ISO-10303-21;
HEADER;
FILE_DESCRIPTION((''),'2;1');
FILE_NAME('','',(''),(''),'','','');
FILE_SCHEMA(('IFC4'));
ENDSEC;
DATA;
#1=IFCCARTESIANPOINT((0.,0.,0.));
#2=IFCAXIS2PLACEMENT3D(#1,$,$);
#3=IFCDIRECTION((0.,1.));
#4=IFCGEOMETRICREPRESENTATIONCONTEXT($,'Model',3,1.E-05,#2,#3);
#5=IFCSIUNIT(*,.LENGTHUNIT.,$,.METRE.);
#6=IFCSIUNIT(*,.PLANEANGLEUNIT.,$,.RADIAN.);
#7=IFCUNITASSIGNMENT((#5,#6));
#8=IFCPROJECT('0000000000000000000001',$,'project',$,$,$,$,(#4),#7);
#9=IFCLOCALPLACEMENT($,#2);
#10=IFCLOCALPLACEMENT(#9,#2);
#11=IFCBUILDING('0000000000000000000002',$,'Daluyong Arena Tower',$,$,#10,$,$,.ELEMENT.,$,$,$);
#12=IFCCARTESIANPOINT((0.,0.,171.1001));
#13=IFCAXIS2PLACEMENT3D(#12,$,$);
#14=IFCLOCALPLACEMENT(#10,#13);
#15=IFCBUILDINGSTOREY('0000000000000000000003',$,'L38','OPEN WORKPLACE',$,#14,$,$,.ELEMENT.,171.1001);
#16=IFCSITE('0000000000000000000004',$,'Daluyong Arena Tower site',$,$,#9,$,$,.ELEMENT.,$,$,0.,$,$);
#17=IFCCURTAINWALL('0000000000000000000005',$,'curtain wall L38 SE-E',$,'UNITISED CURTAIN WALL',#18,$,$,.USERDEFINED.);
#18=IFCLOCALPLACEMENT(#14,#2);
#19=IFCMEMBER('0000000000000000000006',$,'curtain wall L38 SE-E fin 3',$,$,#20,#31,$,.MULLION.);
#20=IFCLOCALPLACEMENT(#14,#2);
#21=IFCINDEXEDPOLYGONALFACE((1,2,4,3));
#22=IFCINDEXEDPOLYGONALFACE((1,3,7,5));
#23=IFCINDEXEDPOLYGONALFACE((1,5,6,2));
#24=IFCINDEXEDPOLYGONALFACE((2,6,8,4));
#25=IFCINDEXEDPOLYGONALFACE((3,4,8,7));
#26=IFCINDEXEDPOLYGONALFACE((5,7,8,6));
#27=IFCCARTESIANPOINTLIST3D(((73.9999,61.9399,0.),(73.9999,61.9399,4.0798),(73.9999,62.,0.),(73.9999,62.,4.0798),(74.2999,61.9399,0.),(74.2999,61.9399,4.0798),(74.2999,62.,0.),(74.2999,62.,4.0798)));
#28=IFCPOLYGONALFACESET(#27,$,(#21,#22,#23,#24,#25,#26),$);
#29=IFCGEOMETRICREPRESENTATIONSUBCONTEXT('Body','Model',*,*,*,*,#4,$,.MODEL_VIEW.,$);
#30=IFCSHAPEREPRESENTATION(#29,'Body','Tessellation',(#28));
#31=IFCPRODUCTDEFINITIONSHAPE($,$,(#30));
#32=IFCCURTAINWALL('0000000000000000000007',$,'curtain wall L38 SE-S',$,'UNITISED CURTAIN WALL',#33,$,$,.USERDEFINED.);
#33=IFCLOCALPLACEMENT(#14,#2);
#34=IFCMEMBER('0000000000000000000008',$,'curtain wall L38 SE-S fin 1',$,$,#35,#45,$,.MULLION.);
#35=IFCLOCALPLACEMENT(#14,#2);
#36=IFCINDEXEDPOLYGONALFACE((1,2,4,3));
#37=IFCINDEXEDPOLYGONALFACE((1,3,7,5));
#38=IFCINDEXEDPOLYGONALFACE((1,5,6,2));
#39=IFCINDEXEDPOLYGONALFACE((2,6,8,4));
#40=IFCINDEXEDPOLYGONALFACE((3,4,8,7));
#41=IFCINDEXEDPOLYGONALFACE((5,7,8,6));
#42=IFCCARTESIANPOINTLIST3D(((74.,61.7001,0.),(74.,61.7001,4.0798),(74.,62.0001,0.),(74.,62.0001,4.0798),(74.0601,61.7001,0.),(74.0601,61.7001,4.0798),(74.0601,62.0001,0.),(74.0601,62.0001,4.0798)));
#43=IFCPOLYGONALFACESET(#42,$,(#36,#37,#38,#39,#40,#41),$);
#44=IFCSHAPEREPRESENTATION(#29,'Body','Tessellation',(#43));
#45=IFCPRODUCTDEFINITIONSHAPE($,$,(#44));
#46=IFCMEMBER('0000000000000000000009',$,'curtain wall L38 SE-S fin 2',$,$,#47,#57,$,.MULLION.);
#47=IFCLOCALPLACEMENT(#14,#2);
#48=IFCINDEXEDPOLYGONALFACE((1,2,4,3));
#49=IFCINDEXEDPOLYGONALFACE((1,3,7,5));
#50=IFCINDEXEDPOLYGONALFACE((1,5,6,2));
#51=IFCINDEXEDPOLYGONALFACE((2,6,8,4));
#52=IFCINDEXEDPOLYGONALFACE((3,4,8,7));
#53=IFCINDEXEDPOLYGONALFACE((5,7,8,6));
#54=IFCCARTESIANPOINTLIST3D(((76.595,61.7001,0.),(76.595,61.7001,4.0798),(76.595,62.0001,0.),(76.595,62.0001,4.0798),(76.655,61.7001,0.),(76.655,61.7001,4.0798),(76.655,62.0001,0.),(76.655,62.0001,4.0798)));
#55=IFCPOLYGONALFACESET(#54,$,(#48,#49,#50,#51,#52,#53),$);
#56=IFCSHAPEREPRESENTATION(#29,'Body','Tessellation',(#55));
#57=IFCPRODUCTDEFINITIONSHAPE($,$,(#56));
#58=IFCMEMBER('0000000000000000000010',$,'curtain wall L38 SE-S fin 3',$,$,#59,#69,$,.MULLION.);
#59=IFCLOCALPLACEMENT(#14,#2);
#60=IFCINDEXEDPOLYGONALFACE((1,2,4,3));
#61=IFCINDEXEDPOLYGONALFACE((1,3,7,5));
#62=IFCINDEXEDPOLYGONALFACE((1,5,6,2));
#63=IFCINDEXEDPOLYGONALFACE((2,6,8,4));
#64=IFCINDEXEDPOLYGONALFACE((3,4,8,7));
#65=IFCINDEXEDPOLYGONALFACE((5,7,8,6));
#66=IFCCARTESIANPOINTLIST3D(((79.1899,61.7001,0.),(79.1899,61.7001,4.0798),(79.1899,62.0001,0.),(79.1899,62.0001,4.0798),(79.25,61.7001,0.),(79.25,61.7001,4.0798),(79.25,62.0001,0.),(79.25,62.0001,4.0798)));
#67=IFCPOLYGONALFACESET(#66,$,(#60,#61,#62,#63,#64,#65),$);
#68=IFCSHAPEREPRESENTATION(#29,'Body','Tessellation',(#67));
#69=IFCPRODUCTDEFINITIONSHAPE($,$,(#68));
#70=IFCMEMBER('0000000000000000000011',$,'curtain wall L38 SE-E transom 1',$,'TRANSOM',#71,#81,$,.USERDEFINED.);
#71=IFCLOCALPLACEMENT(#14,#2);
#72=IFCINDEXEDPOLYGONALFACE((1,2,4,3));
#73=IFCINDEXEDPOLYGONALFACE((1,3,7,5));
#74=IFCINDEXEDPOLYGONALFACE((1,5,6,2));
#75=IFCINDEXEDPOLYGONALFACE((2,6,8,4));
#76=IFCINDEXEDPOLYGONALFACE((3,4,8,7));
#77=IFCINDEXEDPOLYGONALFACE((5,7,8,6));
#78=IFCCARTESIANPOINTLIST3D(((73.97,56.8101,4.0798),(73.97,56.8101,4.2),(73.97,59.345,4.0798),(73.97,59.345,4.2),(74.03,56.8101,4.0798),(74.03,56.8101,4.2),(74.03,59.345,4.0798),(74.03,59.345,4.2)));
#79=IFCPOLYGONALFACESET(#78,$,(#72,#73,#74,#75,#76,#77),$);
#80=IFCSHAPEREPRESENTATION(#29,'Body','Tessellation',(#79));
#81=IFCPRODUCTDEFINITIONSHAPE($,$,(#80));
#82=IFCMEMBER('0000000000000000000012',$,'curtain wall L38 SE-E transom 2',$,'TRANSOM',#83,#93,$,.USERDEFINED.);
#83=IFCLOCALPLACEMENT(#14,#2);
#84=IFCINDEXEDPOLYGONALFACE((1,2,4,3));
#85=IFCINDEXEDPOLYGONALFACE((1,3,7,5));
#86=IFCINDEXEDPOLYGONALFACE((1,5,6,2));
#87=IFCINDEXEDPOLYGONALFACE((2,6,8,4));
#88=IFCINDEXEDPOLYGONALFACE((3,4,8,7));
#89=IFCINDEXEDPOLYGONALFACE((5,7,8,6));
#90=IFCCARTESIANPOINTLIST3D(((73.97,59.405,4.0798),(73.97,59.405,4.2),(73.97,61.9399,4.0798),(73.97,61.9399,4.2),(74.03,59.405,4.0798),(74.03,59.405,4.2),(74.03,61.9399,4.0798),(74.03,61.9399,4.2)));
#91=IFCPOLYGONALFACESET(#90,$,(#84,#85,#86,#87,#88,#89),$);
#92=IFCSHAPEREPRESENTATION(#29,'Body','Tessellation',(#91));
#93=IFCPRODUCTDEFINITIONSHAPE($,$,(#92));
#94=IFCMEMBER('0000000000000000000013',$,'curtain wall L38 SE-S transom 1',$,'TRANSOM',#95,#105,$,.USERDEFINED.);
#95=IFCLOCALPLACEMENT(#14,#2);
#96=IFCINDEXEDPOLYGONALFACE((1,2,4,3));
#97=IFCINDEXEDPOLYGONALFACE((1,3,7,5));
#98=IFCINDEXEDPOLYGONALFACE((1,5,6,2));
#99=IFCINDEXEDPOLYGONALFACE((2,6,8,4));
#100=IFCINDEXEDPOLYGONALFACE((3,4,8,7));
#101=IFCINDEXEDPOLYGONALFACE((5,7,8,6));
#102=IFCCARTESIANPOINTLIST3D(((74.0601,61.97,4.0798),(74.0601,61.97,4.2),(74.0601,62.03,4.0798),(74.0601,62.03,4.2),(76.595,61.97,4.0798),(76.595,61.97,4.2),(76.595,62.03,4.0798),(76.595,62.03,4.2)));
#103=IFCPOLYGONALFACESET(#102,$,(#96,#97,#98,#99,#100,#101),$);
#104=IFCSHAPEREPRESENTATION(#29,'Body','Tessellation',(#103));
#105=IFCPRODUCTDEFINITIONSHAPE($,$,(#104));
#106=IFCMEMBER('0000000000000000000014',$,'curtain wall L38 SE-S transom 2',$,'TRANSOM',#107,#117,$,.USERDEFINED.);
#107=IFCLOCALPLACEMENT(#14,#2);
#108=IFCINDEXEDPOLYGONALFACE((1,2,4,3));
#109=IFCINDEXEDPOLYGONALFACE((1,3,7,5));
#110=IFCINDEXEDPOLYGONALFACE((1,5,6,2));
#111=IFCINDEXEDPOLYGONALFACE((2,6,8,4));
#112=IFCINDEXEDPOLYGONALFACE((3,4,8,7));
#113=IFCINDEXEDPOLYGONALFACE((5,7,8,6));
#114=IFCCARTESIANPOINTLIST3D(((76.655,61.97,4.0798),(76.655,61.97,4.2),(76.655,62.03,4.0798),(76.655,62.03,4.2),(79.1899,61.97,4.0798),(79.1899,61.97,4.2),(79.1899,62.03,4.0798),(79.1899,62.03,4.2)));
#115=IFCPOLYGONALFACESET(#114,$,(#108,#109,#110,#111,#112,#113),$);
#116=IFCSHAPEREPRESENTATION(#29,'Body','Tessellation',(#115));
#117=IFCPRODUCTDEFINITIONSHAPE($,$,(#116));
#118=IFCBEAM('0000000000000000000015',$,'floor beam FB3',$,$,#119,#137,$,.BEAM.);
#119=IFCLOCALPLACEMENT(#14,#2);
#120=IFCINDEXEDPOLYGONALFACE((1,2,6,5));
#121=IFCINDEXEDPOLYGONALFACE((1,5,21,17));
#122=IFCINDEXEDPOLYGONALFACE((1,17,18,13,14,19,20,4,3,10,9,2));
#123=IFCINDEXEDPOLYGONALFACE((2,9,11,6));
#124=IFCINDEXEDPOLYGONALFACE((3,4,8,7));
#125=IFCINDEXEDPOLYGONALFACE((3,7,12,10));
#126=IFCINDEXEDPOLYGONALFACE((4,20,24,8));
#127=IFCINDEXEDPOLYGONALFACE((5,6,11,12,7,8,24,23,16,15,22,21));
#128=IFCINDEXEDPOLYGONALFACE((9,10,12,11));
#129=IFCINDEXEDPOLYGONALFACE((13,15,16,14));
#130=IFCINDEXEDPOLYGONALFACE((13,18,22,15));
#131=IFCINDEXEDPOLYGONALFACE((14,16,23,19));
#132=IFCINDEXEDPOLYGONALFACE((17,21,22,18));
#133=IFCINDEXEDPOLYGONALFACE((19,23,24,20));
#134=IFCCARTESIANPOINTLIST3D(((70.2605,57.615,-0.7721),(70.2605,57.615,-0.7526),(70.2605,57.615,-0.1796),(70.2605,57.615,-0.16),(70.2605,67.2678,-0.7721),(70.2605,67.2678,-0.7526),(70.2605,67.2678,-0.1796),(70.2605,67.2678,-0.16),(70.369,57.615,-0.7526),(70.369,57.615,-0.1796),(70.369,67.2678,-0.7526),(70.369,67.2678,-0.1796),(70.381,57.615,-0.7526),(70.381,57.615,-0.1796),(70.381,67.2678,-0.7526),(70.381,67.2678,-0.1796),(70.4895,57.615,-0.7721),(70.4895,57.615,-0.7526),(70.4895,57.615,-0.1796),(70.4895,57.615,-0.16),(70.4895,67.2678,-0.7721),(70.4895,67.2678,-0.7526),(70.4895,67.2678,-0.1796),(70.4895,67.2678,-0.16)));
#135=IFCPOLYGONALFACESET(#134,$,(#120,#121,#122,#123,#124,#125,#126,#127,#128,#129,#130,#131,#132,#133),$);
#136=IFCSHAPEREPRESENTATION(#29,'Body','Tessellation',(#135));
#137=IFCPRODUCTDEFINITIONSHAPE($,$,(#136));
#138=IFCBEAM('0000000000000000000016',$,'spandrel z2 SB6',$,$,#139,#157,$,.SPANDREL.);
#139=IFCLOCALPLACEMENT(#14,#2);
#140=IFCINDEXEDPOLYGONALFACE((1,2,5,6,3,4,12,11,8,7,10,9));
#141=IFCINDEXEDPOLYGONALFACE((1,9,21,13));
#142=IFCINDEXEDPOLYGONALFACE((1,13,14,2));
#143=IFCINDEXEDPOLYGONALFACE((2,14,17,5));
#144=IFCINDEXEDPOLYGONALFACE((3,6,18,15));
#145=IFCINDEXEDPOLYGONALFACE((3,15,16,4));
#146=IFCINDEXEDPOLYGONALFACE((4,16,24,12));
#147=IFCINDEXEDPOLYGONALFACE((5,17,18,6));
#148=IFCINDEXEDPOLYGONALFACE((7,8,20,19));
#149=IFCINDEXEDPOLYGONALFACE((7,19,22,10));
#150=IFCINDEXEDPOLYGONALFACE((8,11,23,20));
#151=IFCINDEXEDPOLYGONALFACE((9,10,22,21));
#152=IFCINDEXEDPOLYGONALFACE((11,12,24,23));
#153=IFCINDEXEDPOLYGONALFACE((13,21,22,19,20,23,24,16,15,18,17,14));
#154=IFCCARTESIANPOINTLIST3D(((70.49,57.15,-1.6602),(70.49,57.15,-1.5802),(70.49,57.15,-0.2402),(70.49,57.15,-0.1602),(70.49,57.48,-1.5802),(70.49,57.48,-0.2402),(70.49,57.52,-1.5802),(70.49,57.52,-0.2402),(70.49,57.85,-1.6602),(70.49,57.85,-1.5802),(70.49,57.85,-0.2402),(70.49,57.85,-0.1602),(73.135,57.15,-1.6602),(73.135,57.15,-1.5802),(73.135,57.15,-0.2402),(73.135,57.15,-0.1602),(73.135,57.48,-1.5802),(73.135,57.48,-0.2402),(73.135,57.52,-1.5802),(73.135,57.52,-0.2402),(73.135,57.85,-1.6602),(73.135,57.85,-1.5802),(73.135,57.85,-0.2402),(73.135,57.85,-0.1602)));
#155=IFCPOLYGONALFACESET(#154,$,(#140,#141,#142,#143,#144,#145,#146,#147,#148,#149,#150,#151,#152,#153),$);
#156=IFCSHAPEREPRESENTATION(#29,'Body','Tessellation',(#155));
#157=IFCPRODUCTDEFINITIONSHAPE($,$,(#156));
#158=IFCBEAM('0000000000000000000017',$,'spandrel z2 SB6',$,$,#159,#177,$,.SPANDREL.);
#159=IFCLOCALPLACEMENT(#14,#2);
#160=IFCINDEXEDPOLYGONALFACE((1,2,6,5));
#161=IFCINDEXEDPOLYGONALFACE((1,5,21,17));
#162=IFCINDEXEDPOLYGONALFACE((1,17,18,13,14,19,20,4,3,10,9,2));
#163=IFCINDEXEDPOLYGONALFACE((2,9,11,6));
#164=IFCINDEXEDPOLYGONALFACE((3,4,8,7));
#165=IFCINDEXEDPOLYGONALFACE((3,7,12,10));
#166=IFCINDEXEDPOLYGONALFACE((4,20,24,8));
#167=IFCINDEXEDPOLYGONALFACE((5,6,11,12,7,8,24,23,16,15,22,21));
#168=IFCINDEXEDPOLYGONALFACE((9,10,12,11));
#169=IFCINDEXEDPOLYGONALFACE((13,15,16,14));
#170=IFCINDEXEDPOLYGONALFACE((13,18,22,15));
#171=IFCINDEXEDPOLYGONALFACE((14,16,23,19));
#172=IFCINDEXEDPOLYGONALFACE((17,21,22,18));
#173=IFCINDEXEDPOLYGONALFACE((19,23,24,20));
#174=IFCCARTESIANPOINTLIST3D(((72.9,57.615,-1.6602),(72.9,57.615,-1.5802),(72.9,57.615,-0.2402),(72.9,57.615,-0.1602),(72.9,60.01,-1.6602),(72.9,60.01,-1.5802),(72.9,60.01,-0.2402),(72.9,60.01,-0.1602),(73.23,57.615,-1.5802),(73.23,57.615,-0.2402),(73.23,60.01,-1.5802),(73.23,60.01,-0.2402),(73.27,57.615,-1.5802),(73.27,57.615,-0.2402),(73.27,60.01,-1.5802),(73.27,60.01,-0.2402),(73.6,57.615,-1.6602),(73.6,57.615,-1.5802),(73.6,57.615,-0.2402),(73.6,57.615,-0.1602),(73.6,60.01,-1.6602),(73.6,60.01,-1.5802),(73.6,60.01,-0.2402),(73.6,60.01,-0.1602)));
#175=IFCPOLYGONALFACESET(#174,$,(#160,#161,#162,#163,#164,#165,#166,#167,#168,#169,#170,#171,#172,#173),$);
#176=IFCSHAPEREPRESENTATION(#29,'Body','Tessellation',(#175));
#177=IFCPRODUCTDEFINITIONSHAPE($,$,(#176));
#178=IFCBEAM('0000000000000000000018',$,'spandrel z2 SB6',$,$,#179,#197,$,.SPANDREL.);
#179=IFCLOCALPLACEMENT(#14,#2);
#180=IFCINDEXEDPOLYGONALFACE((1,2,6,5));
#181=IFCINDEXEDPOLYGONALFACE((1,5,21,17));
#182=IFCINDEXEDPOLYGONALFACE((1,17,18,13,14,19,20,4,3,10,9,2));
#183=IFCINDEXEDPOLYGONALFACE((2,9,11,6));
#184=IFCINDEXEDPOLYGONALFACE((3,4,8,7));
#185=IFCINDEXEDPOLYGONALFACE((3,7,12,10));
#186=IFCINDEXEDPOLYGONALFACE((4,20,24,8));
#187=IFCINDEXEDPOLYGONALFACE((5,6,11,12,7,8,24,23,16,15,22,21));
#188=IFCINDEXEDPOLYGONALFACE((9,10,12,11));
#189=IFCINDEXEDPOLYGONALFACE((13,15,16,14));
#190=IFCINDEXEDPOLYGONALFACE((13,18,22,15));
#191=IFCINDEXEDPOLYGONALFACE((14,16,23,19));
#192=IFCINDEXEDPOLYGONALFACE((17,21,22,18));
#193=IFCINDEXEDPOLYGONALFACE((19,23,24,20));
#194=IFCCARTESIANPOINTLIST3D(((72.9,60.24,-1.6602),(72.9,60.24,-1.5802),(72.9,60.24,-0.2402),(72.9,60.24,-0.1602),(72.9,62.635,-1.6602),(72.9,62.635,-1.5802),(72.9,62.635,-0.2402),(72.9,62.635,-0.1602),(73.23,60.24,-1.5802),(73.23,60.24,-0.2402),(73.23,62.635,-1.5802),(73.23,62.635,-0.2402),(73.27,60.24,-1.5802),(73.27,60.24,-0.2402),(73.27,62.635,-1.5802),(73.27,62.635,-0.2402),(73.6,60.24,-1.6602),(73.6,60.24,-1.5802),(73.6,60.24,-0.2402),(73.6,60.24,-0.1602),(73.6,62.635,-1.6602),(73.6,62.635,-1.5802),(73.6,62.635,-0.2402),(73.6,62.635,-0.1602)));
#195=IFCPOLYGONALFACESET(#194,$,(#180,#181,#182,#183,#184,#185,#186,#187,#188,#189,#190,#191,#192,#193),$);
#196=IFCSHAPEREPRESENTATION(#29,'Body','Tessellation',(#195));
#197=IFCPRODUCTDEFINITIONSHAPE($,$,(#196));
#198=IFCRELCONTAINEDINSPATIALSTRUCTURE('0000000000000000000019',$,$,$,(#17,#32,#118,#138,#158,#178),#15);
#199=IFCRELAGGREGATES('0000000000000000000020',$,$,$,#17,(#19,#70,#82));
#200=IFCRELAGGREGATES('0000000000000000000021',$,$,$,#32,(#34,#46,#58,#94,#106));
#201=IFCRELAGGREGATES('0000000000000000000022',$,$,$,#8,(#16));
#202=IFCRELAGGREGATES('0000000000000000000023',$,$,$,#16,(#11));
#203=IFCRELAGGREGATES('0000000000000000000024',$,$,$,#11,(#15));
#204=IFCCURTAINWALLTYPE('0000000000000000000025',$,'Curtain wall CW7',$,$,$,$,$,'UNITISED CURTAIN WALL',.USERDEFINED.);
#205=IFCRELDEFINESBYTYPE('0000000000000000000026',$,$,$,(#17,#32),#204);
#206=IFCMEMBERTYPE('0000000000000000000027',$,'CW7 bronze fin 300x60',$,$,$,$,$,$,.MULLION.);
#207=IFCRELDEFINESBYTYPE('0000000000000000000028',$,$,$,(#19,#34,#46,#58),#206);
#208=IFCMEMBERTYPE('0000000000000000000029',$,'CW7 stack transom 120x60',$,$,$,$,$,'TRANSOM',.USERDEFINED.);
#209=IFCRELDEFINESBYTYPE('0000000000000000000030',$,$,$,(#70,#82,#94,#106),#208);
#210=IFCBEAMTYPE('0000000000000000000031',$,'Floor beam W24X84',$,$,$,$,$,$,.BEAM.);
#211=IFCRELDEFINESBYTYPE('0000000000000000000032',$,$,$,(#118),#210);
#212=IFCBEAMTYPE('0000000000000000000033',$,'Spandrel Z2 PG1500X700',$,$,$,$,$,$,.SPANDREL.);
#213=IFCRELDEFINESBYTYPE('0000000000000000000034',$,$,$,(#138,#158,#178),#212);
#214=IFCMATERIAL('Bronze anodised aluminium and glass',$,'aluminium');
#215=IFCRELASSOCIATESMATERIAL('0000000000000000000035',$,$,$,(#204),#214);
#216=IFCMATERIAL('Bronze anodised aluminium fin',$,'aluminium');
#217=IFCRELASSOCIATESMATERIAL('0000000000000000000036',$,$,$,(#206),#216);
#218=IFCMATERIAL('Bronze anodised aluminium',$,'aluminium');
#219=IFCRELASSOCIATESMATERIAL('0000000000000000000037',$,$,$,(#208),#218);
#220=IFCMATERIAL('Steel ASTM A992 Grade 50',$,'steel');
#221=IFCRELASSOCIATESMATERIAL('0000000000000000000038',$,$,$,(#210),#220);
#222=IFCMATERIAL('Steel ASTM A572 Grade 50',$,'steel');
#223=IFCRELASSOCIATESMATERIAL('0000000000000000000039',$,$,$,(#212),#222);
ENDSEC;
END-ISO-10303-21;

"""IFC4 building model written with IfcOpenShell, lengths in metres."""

from ifc_helpers import new_model, si_unit, direction, frame, origin, origin_2d, place, context, subcontext, project, spatial, rectangle, i_section, extrude, material, material_profile, profile_set, type_object, element, aggregate, save


model = new_model("IFC4")

# Units and contexts
model_context = context("Model", 3, precision=1e-05, world=origin(), true_north=direction((0.0, 1.0)))
body_context = subcontext(model_context, "Body", "Model", "MODEL_VIEW")
ifc_project = project(units=[si_unit("LENGTHUNIT", "METRE"), si_unit("PLANEANGLEUNIT", "RADIAN")], contexts=[model_context])

# Site, building, storey
site_placement = place(None, origin())
site = spatial("IfcSite", under=ifc_project, at=site_placement, Name="Daluyong Arena Tower site", CompositionType="ELEMENT", RefElevation=0.0)
building_placement = place(site_placement, origin())
building = spatial("IfcBuilding", under=site, at=building_placement, Name="Daluyong Arena Tower", CompositionType="ELEMENT")
storey_placement = place(building_placement, frame((0.0, 0.0, 171.1001)))
storey = spatial("IfcBuildingStorey", under=building, at=storey_placement, Name="L38", Description="OPEN WORKPLACE", CompositionType="ELEMENT", Elevation=171.1001)

# Curtain walls, members
ifc_material_1 = material(Name="Bronze anodised aluminium and glass", Category="aluminium")
curtain_wall_type_1 = type_object("IfcCurtainWallType", Name="Curtain wall CW7", ElementType="UNITISED CURTAIN WALL", PredefinedType="USERDEFINED", material=ifc_material_1)
curtain_wall_1_placement = place(storey_placement, origin())
curtain_wall_1 = element("IfcCurtainWall", 1, at=curtain_wall_1_placement, inside=storey, type_object=curtain_wall_type_1, Name="curtain wall L38 SE-E", ObjectType="UNITISED CURTAIN WALL", PredefinedType="USERDEFINED")
ifc_material_2 = material(Name="Bronze anodised aluminium fin", Category="aluminium")
ifc_material_profile_1 = material_profile(ifc_material_2, rectangle(XDim=0.3, YDim=0.0601, at=origin_2d()))
ifc_profile_set_1 = profile_set([ifc_material_profile_1], Name="Bronze anodised aluminium fin")
member_type_1 = type_object("IfcMemberType", Name="CW7 bronze fin 300x60", PredefinedType="MULLION", material=ifc_profile_set_1)
member_1_placement = place(storey_placement, frame((74.1499, 61.97, 0.0), z_axis=(0.0, 0.0, 1.0), x_axis=(-1.0, 0.0, 0.0)))
member_1 = element("IfcMember", 2, at=member_1_placement, type_object=member_type_1, Name="curtain wall L38 SE-E fin 3", PredefinedType="MULLION", context=body_context, shape_type="SweptSolid", body=[
    extrude(rectangle(XDim=0.3, YDim=0.0601, at=origin_2d()), origin(), (0.0, 0.0, 1.0), 4.0798),
])
curtain_wall_2_placement = place(storey_placement, origin())
curtain_wall_2 = element("IfcCurtainWall", 3, at=curtain_wall_2_placement, inside=storey, type_object=curtain_wall_type_1, Name="curtain wall L38 SE-S", ObjectType="UNITISED CURTAIN WALL", PredefinedType="USERDEFINED")
member_2_placement = place(storey_placement, frame((74.03, 61.8501, 0.0), z_axis=(0.0, 0.0, 1.0), x_axis=(0.0, 1.0, 0.0)))
member_2 = element("IfcMember", 4, at=member_2_placement, type_object=member_type_1, Name="curtain wall L38 SE-S fin 1", PredefinedType="MULLION", context=body_context, shape_type="SweptSolid", body=[
    extrude(rectangle(XDim=0.3, YDim=0.0601, at=origin_2d()), origin(), (0.0, 0.0, 1.0), 4.0798),
])
member_3_placement = place(storey_placement, frame((76.625, 61.8501, 0.0), z_axis=(0.0, 0.0, 1.0), x_axis=(0.0, 1.0, 0.0)))
member_3 = element("IfcMember", 5, at=member_3_placement, type_object=member_type_1, Name="curtain wall L38 SE-S fin 2", PredefinedType="MULLION", context=body_context, shape_type="SweptSolid", body=[
    extrude(rectangle(XDim=0.3, YDim=0.0601, at=origin_2d()), origin(), (0.0, 0.0, 1.0), 4.0798),
])
member_4_placement = place(storey_placement, frame((79.22, 61.8501, 0.0), z_axis=(0.0, 0.0, 1.0), x_axis=(0.0, 1.0, 0.0)))
member_4 = element("IfcMember", 6, at=member_4_placement, type_object=member_type_1, Name="curtain wall L38 SE-S fin 3", PredefinedType="MULLION", context=body_context, shape_type="SweptSolid", body=[
    extrude(rectangle(XDim=0.3, YDim=0.0601, at=origin_2d()), origin(), (0.0, 0.0, 1.0), 4.0798),
])

# Members
ifc_material_3 = material(Name="Bronze anodised aluminium", Category="aluminium")
ifc_material_profile_2 = material_profile(ifc_material_3, rectangle(XDim=0.0601, YDim=0.1201, at=origin_2d()))
ifc_profile_set_2 = profile_set([ifc_material_profile_2], Name="Bronze anodised aluminium")
member_type_2 = type_object("IfcMemberType", Name="CW7 stack transom 120x60", ElementType="TRANSOM", PredefinedType="USERDEFINED", material=ifc_profile_set_2)
member_5_placement = place(storey_placement, frame((74.0, 56.8101, 4.1399), z_axis=(0.0, 1.0, 0.0), x_axis=(-1.0, 0.0, 0.0)))
member_5 = element("IfcMember", 7, at=member_5_placement, type_object=member_type_2, Name="curtain wall L38 SE-E transom 1", ObjectType="TRANSOM", PredefinedType="USERDEFINED", context=body_context, shape_type="SweptSolid", body=[
    extrude(rectangle(XDim=0.0601, YDim=0.1201, at=origin_2d()), origin(), (0.0, 0.0, 1.0), 2.5349),
])
member_6_placement = place(storey_placement, frame((74.0, 59.405, 4.1399), z_axis=(0.0, 1.0, 0.0), x_axis=(-1.0, 0.0, 0.0)))
member_6 = element("IfcMember", 8, at=member_6_placement, type_object=member_type_2, Name="curtain wall L38 SE-E transom 2", ObjectType="TRANSOM", PredefinedType="USERDEFINED", context=body_context, shape_type="SweptSolid", body=[
    extrude(rectangle(XDim=0.0601, YDim=0.1201, at=origin_2d()), origin(), (0.0, 0.0, 1.0), 2.5349),
])
member_7_placement = place(storey_placement, frame((74.0601, 62.0, 4.1399), z_axis=(1.0, 0.0, 0.0), x_axis=(0.0, 1.0, 0.0)))
member_7 = element("IfcMember", 9, at=member_7_placement, type_object=member_type_2, Name="curtain wall L38 SE-S transom 1", ObjectType="TRANSOM", PredefinedType="USERDEFINED", context=body_context, shape_type="SweptSolid", body=[
    extrude(rectangle(XDim=0.0601, YDim=0.1201, at=origin_2d()), origin(), (0.0, 0.0, 1.0), 2.5349),
])
member_8_placement = place(storey_placement, frame((76.655, 62.0, 4.1399), z_axis=(1.0, 0.0, 0.0), x_axis=(0.0, 1.0, 0.0)))
member_8 = element("IfcMember", 10, at=member_8_placement, type_object=member_type_2, Name="curtain wall L38 SE-S transom 2", ObjectType="TRANSOM", PredefinedType="USERDEFINED", context=body_context, shape_type="SweptSolid", body=[
    extrude(rectangle(XDim=0.0601, YDim=0.1201, at=origin_2d()), origin(), (0.0, 0.0, 1.0), 2.5349),
])

# Beams
ifc_material_4 = material(Name="Steel ASTM A992 Grade 50", Category="steel")
ifc_material_profile_3 = material_profile(ifc_material_4, i_section(OverallWidth=0.229, OverallDepth=0.6121, WebThickness=0.012, FlangeThickness=0.0195, at=origin_2d()))
ifc_profile_set_3 = profile_set([ifc_material_profile_3], Name="Steel ASTM A992 Grade 50")
beam_type_1 = type_object("IfcBeamType", Name="Floor beam W24X84", PredefinedType="BEAM", material=ifc_profile_set_3)
beam_1_placement = place(storey_placement, frame((70.375, 57.615, -0.4661), z_axis=(0.0, 1.0, 0.0), x_axis=(-1.0, 0.0, 0.0)))
element("IfcBeam", 11, at=beam_1_placement, inside=storey, type_object=beam_type_1, Name="floor beam FB3", PredefinedType="BEAM", context=body_context, shape_type="SweptSolid", body=[
    extrude(i_section(OverallWidth=0.229, OverallDepth=0.6121, WebThickness=0.012, FlangeThickness=0.0195, at=origin_2d()), origin(), (0.0, 0.0, 1.0), 9.6528),
])
ifc_material_5 = material(Name="Steel ASTM A572 Grade 50", Category="steel")
ifc_material_profile_4 = material_profile(ifc_material_5, i_section(OverallWidth=0.7, OverallDepth=1.5, WebThickness=0.04, FlangeThickness=0.08, at=origin_2d()))
ifc_profile_set_4 = profile_set([ifc_material_profile_4], Name="Steel ASTM A572 Grade 50")
beam_type_2 = type_object("IfcBeamType", Name="Spandrel Z2 PG1500X700", PredefinedType="SPANDREL", material=ifc_profile_set_4)
beam_2_placement = place(storey_placement, frame((70.49, 57.5, -0.9102), z_axis=(1.0, 0.0, 0.0), x_axis=(0.0, 1.0, 0.0)))
element("IfcBeam", 12, at=beam_2_placement, inside=storey, type_object=beam_type_2, Name="spandrel z2 SB6", PredefinedType="SPANDREL", context=body_context, shape_type="SweptSolid", body=[
    extrude(i_section(OverallWidth=0.7, OverallDepth=1.5, WebThickness=0.04, FlangeThickness=0.08, at=origin_2d()), origin(), (0.0, 0.0, 1.0), 2.645),
])
for number, where, z_axis, x_axis, name in (
    (13, (73.25, 57.615, -0.9102), (0.0, 1.0, 0.0), (-1.0, 0.0, 0.0), "spandrel z2 SB6"),
    (14, (73.25, 60.24, -0.9102), (0.0, 1.0, 0.0), (-1.0, 0.0, 0.0), "spandrel z2 SB6"),
):
    element("IfcBeam", number, at=place(storey_placement, frame(where, z_axis=z_axis, x_axis=x_axis)), inside=storey, type_object=beam_type_2, Name=name, PredefinedType="SPANDREL", context=body_context, shape_type="SweptSolid", body=[
        extrude(i_section(OverallWidth=0.7, OverallDepth=1.5, WebThickness=0.04, FlangeThickness=0.08, at=origin_2d()), origin(), (0.0, 0.0, 1.0), 2.395),
    ])

aggregate(curtain_wall_1, [member_1, member_5, member_6])
aggregate(curtain_wall_2, [member_2, member_3, member_4, member_7, member_8])

save(model, "model.ifc")
